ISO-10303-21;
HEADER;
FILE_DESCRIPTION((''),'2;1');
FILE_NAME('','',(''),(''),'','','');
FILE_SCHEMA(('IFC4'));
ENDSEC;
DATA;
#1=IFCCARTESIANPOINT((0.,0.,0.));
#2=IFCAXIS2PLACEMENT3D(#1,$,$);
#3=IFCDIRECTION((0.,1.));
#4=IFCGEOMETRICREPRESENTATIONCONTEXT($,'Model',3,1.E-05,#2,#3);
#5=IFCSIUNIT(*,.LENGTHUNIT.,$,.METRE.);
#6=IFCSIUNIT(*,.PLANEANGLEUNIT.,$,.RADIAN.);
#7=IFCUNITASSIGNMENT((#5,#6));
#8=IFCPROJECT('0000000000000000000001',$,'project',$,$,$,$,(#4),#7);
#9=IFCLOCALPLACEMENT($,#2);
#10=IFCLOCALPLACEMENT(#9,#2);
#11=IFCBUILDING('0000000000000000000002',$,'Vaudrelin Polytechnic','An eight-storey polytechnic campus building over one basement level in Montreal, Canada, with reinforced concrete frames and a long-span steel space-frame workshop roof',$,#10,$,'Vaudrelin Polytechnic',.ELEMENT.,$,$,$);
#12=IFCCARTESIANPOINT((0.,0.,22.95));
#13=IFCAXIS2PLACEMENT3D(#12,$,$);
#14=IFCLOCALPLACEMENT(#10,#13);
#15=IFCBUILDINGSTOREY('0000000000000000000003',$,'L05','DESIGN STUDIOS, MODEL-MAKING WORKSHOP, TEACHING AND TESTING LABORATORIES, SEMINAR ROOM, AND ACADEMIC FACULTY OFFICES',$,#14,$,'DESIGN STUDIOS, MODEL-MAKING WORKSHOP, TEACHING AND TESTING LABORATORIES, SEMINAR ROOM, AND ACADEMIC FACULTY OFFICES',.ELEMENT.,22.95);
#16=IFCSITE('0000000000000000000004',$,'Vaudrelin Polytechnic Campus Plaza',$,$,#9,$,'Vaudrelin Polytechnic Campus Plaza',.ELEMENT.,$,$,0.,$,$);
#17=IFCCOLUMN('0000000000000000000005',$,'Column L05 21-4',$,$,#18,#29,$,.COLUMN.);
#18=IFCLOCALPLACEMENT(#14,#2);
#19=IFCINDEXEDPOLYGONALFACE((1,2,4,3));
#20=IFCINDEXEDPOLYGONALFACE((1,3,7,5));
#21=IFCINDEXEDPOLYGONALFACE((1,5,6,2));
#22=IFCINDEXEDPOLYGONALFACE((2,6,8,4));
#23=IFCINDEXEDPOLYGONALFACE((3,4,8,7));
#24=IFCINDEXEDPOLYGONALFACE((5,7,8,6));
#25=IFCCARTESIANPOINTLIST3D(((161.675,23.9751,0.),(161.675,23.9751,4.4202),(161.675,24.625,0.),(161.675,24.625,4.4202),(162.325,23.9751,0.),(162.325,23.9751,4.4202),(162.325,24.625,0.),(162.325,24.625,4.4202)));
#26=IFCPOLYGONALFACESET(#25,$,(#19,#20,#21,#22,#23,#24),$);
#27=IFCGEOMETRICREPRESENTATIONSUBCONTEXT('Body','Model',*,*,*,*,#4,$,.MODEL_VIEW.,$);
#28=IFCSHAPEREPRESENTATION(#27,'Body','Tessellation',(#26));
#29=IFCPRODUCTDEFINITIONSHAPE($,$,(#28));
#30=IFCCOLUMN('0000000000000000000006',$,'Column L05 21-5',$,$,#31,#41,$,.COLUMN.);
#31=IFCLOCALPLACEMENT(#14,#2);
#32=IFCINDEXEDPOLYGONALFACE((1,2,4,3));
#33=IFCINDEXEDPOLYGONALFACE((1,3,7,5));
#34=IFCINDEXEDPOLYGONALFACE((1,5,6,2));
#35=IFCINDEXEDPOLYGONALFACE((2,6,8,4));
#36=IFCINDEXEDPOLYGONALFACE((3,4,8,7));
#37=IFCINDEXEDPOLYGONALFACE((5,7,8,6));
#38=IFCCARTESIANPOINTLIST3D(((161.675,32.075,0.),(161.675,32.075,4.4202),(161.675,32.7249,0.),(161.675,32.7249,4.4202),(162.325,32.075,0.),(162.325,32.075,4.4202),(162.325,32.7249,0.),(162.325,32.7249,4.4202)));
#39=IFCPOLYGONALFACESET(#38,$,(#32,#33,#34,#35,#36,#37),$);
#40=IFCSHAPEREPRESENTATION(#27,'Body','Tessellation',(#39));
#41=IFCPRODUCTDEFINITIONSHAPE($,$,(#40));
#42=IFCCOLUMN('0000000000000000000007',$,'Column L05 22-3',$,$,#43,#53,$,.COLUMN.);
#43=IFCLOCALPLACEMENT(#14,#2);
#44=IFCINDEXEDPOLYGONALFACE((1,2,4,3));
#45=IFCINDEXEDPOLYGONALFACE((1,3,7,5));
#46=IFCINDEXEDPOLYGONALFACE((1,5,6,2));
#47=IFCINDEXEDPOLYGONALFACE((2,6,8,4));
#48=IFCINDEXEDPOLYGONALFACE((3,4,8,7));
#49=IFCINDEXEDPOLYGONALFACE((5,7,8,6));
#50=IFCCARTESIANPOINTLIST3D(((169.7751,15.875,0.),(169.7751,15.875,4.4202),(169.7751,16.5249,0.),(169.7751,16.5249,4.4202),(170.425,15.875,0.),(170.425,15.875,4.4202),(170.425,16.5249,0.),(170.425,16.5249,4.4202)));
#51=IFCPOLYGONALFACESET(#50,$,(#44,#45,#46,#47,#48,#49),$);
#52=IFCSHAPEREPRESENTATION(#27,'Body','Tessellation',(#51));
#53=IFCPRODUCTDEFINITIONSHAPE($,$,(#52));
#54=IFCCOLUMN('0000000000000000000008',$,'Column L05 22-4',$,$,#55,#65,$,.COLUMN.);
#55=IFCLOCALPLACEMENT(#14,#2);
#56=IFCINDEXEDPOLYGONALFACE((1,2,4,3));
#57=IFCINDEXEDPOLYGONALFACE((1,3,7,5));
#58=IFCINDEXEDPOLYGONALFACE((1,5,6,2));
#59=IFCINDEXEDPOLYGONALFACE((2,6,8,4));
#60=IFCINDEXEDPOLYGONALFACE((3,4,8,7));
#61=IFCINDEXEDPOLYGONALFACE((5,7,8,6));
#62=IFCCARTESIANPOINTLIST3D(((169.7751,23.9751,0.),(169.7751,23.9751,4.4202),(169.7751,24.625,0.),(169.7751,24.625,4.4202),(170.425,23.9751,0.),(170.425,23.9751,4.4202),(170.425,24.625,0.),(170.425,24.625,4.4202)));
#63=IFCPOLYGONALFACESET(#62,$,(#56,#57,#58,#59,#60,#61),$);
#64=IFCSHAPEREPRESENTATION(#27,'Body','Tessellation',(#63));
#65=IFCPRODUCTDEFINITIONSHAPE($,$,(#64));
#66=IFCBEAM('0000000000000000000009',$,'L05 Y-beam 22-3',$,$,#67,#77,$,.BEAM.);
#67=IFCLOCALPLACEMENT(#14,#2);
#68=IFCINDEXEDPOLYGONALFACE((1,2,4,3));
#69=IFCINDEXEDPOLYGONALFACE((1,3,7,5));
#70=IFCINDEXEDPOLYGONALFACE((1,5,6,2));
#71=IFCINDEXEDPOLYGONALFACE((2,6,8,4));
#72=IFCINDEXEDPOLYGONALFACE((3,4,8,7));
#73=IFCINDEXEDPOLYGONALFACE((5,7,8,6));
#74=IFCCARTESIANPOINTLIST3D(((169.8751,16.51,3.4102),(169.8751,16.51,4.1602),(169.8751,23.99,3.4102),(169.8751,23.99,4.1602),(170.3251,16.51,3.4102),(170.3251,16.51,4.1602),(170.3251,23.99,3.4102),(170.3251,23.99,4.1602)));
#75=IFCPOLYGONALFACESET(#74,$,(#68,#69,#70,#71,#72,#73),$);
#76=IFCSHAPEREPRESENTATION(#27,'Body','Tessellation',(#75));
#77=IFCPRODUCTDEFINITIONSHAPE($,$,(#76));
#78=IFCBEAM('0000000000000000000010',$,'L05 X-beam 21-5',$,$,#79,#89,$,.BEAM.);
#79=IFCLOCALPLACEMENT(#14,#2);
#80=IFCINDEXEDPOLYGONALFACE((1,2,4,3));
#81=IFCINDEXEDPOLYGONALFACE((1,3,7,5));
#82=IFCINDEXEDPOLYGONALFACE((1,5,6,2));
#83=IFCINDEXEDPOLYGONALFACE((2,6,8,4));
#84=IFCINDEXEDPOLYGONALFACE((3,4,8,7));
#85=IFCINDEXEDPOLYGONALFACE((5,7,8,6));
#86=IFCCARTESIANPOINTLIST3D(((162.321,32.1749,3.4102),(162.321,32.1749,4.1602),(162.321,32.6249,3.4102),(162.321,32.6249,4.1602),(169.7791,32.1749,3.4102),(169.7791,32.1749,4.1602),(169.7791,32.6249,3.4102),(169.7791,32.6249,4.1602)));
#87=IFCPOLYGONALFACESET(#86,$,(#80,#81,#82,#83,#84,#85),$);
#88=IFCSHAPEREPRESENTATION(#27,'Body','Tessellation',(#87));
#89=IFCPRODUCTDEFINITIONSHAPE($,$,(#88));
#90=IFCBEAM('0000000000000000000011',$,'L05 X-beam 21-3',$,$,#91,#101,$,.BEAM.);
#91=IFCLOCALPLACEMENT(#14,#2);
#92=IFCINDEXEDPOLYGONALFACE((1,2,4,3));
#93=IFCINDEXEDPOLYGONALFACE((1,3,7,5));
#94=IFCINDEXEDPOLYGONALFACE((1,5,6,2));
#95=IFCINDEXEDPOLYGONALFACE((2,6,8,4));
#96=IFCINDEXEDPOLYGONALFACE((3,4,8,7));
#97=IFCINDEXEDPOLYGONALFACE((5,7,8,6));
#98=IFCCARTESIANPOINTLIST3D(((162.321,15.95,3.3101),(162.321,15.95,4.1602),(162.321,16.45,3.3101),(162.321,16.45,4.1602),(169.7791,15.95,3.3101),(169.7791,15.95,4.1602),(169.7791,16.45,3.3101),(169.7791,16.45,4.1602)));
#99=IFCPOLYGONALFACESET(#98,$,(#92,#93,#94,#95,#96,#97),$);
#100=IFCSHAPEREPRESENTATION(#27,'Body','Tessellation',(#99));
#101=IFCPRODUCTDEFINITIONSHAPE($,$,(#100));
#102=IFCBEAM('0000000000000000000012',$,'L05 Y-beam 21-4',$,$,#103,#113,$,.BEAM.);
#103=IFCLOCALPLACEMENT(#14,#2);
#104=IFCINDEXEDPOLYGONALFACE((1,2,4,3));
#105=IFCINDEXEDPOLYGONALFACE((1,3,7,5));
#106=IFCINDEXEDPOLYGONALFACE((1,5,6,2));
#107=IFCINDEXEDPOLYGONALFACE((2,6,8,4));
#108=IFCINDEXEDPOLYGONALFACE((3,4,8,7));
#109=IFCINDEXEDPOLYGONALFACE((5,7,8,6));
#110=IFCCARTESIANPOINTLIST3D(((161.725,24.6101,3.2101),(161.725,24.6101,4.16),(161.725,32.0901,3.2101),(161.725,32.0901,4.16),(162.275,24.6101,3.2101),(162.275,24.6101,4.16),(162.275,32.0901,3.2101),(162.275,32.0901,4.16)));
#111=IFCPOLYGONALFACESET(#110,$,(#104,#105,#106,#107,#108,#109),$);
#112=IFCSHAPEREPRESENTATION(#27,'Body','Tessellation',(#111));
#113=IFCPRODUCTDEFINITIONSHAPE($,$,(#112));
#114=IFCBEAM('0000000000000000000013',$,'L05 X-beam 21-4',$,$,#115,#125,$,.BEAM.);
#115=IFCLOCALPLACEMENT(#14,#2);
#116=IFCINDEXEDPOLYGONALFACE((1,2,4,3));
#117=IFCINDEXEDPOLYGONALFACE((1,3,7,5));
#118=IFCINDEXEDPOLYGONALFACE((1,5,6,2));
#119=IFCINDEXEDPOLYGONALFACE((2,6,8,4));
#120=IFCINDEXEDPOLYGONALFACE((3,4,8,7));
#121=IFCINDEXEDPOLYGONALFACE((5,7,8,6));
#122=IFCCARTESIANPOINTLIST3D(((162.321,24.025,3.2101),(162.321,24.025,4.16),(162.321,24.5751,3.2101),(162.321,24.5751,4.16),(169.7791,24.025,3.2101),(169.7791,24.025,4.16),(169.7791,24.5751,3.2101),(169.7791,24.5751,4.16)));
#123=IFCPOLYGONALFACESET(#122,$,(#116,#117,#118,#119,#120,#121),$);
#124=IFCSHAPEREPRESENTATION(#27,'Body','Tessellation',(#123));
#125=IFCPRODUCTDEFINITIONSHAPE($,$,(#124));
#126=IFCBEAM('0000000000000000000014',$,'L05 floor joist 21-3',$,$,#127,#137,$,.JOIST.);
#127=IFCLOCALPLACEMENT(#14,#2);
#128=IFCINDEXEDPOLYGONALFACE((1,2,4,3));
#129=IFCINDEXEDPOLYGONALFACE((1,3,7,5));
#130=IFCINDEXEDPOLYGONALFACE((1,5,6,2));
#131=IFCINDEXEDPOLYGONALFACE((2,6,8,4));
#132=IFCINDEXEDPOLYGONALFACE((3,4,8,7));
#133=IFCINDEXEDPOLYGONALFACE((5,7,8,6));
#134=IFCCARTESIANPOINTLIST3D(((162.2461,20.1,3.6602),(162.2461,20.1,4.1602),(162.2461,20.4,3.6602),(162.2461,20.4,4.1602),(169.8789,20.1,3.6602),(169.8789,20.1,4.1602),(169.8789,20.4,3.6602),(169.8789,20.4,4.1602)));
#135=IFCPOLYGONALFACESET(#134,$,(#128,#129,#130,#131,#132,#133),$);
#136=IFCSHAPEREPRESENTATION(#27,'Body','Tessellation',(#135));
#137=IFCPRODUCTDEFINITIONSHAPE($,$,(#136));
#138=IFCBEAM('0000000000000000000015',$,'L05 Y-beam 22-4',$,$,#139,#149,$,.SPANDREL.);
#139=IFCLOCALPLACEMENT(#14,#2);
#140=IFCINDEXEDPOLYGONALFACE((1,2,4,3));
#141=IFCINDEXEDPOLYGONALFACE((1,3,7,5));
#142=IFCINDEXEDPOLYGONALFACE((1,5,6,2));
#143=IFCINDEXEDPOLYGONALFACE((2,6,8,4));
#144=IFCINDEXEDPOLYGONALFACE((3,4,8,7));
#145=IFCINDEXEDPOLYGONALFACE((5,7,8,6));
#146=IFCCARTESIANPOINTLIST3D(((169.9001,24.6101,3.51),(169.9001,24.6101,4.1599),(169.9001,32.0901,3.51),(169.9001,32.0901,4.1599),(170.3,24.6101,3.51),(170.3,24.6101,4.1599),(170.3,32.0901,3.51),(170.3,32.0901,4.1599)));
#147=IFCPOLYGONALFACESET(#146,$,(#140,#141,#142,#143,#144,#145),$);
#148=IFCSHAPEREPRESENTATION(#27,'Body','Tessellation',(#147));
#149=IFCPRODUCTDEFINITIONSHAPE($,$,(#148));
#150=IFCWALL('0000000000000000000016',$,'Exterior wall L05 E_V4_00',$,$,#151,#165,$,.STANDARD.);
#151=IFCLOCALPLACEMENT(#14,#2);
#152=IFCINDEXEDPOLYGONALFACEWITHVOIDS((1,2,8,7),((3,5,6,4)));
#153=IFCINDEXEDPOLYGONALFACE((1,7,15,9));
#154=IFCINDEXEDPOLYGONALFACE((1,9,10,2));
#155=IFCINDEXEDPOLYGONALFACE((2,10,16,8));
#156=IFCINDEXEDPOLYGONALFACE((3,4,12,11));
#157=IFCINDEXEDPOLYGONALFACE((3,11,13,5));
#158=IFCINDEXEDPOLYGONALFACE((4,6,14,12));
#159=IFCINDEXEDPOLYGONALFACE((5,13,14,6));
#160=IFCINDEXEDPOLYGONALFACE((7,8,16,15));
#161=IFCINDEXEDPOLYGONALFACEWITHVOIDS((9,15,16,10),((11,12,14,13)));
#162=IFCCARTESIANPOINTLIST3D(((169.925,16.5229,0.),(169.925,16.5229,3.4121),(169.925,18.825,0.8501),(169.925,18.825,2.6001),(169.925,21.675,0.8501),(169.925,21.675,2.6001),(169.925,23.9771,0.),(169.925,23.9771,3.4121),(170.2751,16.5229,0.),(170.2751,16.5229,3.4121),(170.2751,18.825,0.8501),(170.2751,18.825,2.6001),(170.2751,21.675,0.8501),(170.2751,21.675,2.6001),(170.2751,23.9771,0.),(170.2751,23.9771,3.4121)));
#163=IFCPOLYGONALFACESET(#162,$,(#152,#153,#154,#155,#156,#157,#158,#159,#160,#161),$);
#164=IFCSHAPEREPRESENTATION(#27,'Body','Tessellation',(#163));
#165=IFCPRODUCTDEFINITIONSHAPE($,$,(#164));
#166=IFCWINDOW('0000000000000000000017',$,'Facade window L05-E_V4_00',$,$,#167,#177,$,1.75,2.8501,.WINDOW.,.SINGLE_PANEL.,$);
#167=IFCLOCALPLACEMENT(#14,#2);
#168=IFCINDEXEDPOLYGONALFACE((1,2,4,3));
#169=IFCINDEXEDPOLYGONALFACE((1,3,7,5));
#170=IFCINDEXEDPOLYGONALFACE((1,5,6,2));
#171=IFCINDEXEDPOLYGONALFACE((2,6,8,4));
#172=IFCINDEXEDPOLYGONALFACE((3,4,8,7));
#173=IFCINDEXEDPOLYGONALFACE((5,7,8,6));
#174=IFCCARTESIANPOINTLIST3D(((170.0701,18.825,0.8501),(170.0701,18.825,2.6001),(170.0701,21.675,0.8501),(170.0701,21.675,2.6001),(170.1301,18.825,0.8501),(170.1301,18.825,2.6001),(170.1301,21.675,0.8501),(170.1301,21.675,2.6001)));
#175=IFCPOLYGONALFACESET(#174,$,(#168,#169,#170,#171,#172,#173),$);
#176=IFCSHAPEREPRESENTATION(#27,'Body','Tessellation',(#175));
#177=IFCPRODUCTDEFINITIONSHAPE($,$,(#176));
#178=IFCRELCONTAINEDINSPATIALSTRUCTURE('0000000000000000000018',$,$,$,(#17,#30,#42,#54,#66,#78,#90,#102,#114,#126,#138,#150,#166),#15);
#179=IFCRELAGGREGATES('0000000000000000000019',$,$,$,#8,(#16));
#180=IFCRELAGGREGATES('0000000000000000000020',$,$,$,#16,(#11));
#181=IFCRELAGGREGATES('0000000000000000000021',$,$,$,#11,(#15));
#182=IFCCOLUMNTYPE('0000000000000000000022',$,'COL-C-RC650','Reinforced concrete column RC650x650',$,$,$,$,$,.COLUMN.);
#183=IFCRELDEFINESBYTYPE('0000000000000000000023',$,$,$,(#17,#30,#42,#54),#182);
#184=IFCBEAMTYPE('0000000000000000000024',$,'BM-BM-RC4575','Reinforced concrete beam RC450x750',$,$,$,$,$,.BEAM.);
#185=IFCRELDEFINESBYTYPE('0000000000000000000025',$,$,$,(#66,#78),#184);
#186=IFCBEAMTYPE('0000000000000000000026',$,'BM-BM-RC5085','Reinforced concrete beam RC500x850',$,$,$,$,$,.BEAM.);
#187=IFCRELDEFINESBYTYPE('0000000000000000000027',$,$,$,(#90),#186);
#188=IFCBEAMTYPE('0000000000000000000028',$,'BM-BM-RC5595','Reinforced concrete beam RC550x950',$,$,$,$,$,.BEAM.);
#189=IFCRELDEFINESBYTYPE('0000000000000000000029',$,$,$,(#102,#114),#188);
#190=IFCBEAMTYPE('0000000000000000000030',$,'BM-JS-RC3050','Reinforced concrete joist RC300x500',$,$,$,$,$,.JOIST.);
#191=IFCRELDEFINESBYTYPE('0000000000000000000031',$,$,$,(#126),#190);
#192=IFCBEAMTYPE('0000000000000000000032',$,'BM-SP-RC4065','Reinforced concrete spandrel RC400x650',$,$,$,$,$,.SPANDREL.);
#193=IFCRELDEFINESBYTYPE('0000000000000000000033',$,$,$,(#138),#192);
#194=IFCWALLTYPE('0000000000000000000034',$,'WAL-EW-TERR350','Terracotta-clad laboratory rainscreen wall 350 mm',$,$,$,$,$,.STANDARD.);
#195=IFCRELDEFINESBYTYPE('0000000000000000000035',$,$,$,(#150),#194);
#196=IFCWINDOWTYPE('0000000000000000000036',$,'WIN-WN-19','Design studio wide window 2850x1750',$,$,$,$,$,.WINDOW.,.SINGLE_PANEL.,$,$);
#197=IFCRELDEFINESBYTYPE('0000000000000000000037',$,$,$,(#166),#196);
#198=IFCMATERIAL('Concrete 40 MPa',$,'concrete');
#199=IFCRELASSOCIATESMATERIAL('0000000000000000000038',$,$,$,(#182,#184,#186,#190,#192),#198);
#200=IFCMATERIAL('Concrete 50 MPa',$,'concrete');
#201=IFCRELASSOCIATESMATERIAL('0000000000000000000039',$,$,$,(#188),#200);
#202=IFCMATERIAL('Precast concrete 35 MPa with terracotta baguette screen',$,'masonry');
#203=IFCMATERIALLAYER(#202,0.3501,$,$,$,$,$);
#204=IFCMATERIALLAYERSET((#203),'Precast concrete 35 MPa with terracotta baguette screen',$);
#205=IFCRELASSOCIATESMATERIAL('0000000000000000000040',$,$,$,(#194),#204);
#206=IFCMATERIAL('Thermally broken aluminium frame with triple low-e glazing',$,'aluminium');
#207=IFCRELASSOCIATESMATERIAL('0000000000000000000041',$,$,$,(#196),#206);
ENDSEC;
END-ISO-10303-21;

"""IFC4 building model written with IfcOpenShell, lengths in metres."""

from ifc_helpers import new_model, si_unit, direction, frame, frame_2d, origin, origin_2d, place, context, subcontext, project, spatial, rectangle, extrude, material, layer, layer_set, material_profile, profile_set, type_object, element, fill, save


model = new_model("IFC4")

# Units and contexts
model_context = context("Model", 3, precision=1e-05, world=origin(), true_north=direction((0.0, 1.0)))
body_context = subcontext(model_context, "Body", "Model", "MODEL_VIEW")
ifc_project = project(units=[si_unit("LENGTHUNIT", "METRE"), si_unit("PLANEANGLEUNIT", "RADIAN")], contexts=[model_context])

# Site, building, storey
site_placement = place(None, origin())
site = spatial("IfcSite", under=ifc_project, at=site_placement, Name="Vaudrelin Polytechnic Campus Plaza", LongName="Vaudrelin Polytechnic Campus Plaza", CompositionType="ELEMENT", RefElevation=0.0)
building_placement = place(site_placement, origin())
building = spatial("IfcBuilding", under=site, at=building_placement, Name="Vaudrelin Polytechnic", Description="An eight-storey polytechnic campus building over one basement level in Montreal, Canada, with reinforced concrete frames and a long-span steel space-frame workshop roof", LongName="Vaudrelin Polytechnic", CompositionType="ELEMENT")
storey_placement = place(building_placement, frame((0.0, 0.0, 22.95)))
storey = spatial("IfcBuildingStorey", under=building, at=storey_placement, Name="L05", Description="DESIGN STUDIOS, MODEL-MAKING WORKSHOP, TEACHING AND TESTING LABORATORIES, SEMINAR ROOM, AND ACADEMIC FACULTY OFFICES", LongName="DESIGN STUDIOS, MODEL-MAKING WORKSHOP, TEACHING AND TESTING LABORATORIES, SEMINAR ROOM, AND ACADEMIC FACULTY OFFICES", CompositionType="ELEMENT", Elevation=22.95)

# Columns
ifc_material_1 = material(Name="Concrete 40 MPa", Category="concrete")
ifc_material_profile_1 = material_profile(ifc_material_1, rectangle(XDim=0.6499, YDim=0.6499, at=origin_2d()), Name="RC650x650")
ifc_profile_set_1 = profile_set([ifc_material_profile_1], Name="Concrete 40 MPa")
column_type = type_object("IfcColumnType", Name="COL-C-RC650", Description="Reinforced concrete column RC650x650", PredefinedType="COLUMN", material=ifc_profile_set_1)
for number, where, z_axis, x_axis, name in (
    (1, (162.0, 24.3, 0.0), (0.0, 0.0, 1.0), (1.0, 0.0, 0.0), "Column L05 21-4"),
    (2, (162.0, 32.3999, 0.0), (0.0, 0.0, 1.0), (1.0, 0.0, 0.0), "Column L05 21-5"),
    (3, (170.1001, 16.2, 0.0), (0.0, 0.0, 1.0), (1.0, 0.0, 0.0), "Column L05 22-3"),
    (4, (170.1001, 24.3, 0.0), (0.0, 0.0, 1.0), (1.0, 0.0, 0.0), "Column L05 22-4"),
):
    element("IfcColumn", number, at=place(storey_placement, frame(where, z_axis=z_axis, x_axis=x_axis)), inside=storey, type_object=column_type, Name=name, PredefinedType="COLUMN", context=body_context, shape_type="SweptSolid", body=[
        extrude(rectangle(XDim=0.6499, YDim=0.6499, at=origin_2d()), origin(), (0.0, 0.0, 1.0), 4.4202),
    ])

# Beams
ifc_material_profile_2 = material_profile(ifc_material_1, rectangle(XDim=0.45, YDim=0.75, at=origin_2d()), Name="RC450x750")
ifc_profile_set_2 = profile_set([ifc_material_profile_2], Name="Concrete 40 MPa")
beam_type_1 = type_object("IfcBeamType", Name="BM-BM-RC4575", Description="Reinforced concrete beam RC450x750", PredefinedType="BEAM", material=ifc_profile_set_2)
beam_1_placement = place(storey_placement, frame((170.1001, 16.51, 3.7852), z_axis=(0.0, 1.0, 0.0), x_axis=(-1.0, 0.0, 0.0)))
element("IfcBeam", 5, at=beam_1_placement, inside=storey, type_object=beam_type_1, Name="L05 Y-beam 22-3", PredefinedType="BEAM", context=body_context, shape_type="SweptSolid", body=[
    extrude(rectangle(XDim=0.45, YDim=0.75, at=origin_2d()), origin(), (0.0, 0.0, 1.0), 7.48),
])
beam_2_placement = place(storey_placement, frame((162.321, 32.3999, 3.7852), z_axis=(1.0, 0.0, 0.0), x_axis=(0.0, 1.0, 0.0)))
element("IfcBeam", 6, at=beam_2_placement, inside=storey, type_object=beam_type_1, Name="L05 X-beam 21-5", PredefinedType="BEAM", context=body_context, shape_type="SweptSolid", body=[
    extrude(rectangle(XDim=0.45, YDim=0.75, at=origin_2d()), origin(), (0.0, 0.0, 1.0), 7.458),
])
ifc_material_profile_3 = material_profile(ifc_material_1, rectangle(XDim=0.5, YDim=0.8501, at=origin_2d()), Name="RC500x850")
ifc_profile_set_3 = profile_set([ifc_material_profile_3], Name="Concrete 40 MPa")
beam_type_2 = type_object("IfcBeamType", Name="BM-BM-RC5085", Description="Reinforced concrete beam RC500x850", PredefinedType="BEAM", material=ifc_profile_set_3)
beam_3_placement = place(storey_placement, frame((162.321, 16.2, 3.7351), z_axis=(1.0, 0.0, 0.0), x_axis=(0.0, 1.0, 0.0)))
element("IfcBeam", 7, at=beam_3_placement, inside=storey, type_object=beam_type_2, Name="L05 X-beam 21-3", PredefinedType="BEAM", context=body_context, shape_type="SweptSolid", body=[
    extrude(rectangle(XDim=0.5, YDim=0.8501, at=origin_2d()), origin(), (0.0, 0.0, 1.0), 7.458),
])
ifc_material_2 = material(Name="Concrete 50 MPa", Category="concrete")
ifc_material_profile_4 = material_profile(ifc_material_2, rectangle(XDim=0.55, YDim=0.95, at=origin_2d()), Name="RC550x950")
ifc_profile_set_4 = profile_set([ifc_material_profile_4], Name="Concrete 50 MPa")
beam_type_3 = type_object("IfcBeamType", Name="BM-BM-RC5595", Description="Reinforced concrete beam RC550x950", PredefinedType="BEAM", material=ifc_profile_set_4)
beam_4_placement = place(storey_placement, frame((162.0, 24.6101, 3.6851), z_axis=(0.0, 1.0, 0.0), x_axis=(-1.0, 0.0, 0.0)))
element("IfcBeam", 8, at=beam_4_placement, inside=storey, type_object=beam_type_3, Name="L05 Y-beam 21-4", PredefinedType="BEAM", context=body_context, shape_type="SweptSolid", body=[
    extrude(rectangle(XDim=0.55, YDim=0.95, at=origin_2d()), origin(), (0.0, 0.0, 1.0), 7.48),
])
beam_5_placement = place(storey_placement, frame((162.321, 24.3, 3.6851), z_axis=(1.0, 0.0, 0.0), x_axis=(0.0, 1.0, 0.0)))
element("IfcBeam", 9, at=beam_5_placement, inside=storey, type_object=beam_type_3, Name="L05 X-beam 21-4", PredefinedType="BEAM", context=body_context, shape_type="SweptSolid", body=[
    extrude(rectangle(XDim=0.55, YDim=0.95, at=origin_2d()), origin(), (0.0, 0.0, 1.0), 7.458),
])
ifc_material_profile_5 = material_profile(ifc_material_1, rectangle(XDim=0.3, YDim=0.5, at=origin_2d()), Name="RC300x500")
ifc_profile_set_5 = profile_set([ifc_material_profile_5], Name="Concrete 40 MPa")
beam_type_4 = type_object("IfcBeamType", Name="BM-JS-RC3050", Description="Reinforced concrete joist RC300x500", PredefinedType="JOIST", material=ifc_profile_set_5)
beam_6_placement = place(storey_placement, frame((162.2461, 20.25, 3.9102), z_axis=(1.0, 0.0, 0.0), x_axis=(0.0, 1.0, 0.0)))
element("IfcBeam", 10, at=beam_6_placement, inside=storey, type_object=beam_type_4, Name="L05 floor joist 21-3", PredefinedType="JOIST", context=body_context, shape_type="SweptSolid", body=[
    extrude(rectangle(XDim=0.3, YDim=0.5, at=origin_2d()), origin(), (0.0, 0.0, 1.0), 7.6328),
])
ifc_material_profile_6 = material_profile(ifc_material_1, rectangle(XDim=0.3999, YDim=0.6499, at=origin_2d()), Name="RC400x650")
ifc_profile_set_6 = profile_set([ifc_material_profile_6], Name="Concrete 40 MPa")
beam_type_5 = type_object("IfcBeamType", Name="BM-SP-RC4065", Description="Reinforced concrete spandrel RC400x650", PredefinedType="SPANDREL", material=ifc_profile_set_6)
beam_7_placement = place(storey_placement, frame((170.1001, 24.6101, 3.835), z_axis=(0.0, 1.0, 0.0), x_axis=(-1.0, 0.0, 0.0)))
element("IfcBeam", 11, at=beam_7_placement, inside=storey, type_object=beam_type_5, Name="L05 Y-beam 22-4", PredefinedType="SPANDREL", context=body_context, shape_type="SweptSolid", body=[
    extrude(rectangle(XDim=0.3999, YDim=0.6499, at=origin_2d()), origin(), (0.0, 0.0, 1.0), 7.48),
])

# Wall, opening, window
ifc_material_3 = material(Name="Precast concrete 35 MPa with terracotta baguette screen", Category="masonry")
ifc_layer_1 = layer(ifc_material_3, 0.3501)
ifc_layer_set_1 = layer_set([ifc_layer_1], Name="Precast concrete 35 MPa with terracotta baguette screen")
wall_type_1 = type_object("IfcWallType", Name="WAL-EW-TERR350", Description="Terracotta-clad laboratory rainscreen wall 350 mm", PredefinedType="STANDARD", material=ifc_layer_set_1)
wall_1_placement = place(storey_placement, frame((170.1001, 16.5229, 0.0), z_axis=(0.0, 0.0, 1.0), x_axis=(0.0, 1.0, 0.0)))
wall_1 = element("IfcWall", 12, at=wall_1_placement, inside=storey, type_object=wall_type_1, Name="Exterior wall L05 E_V4_00", PredefinedType="STANDARD", context=body_context, shape_type="SweptSolid", body=[
    extrude(rectangle(XDim=7.4541, YDim=0.3501, at=frame_2d((3.7271, 0.0))), origin(), (0.0, 0.0, 1.0), 3.4121),
])
opening_1_placement = place(wall_1_placement, frame((2.302, 0.0, 0.8501)))
opening_1 = element("IfcOpeningElement", 13, at=opening_1_placement, cuts=wall_1, PredefinedType="OPENING", context=body_context, shape_type="SweptSolid", body=[
    extrude(rectangle(XDim=2.8501, YDim=1.75, at=frame_2d((1.425, 0.875))), frame((0.0, 0.1851, 0.0), z_axis=(0.0, -1.0, 0.0), x_axis=(1.0, 0.0, 0.0)), (0.0, 0.0, 1.0), 0.3701),
])
ifc_material_4 = material(Name="Thermally broken aluminium frame with triple low-e glazing", Category="aluminium")
window_type_1 = type_object("IfcWindowType", Name="WIN-WN-19", Description="Design studio wide window 2850x1750", PartitioningType="SINGLE_PANEL", PredefinedType="WINDOW", material=ifc_material_4)
window_1_placement = place(opening_1_placement, origin())
window_1 = element("IfcWindow", 14, at=window_1_placement, inside=storey, type_object=window_type_1, Name="Facade window L05-E_V4_00", OverallHeight=1.75, OverallWidth=2.8501, PartitioningType="SINGLE_PANEL", PredefinedType="WINDOW", context=body_context, shape_type="SweptSolid", body=[
    extrude(rectangle(XDim=2.8501, YDim=1.75, at=frame_2d((1.425, 0.875))), frame((0.0, 0.03, 0.0), z_axis=(0.0, -1.0, 0.0), x_axis=(1.0, 0.0, 0.0)), (0.0, 0.0, 1.0), 0.0601),
])
fill(opening_1, window_1)

save(model, "model.ifc")
